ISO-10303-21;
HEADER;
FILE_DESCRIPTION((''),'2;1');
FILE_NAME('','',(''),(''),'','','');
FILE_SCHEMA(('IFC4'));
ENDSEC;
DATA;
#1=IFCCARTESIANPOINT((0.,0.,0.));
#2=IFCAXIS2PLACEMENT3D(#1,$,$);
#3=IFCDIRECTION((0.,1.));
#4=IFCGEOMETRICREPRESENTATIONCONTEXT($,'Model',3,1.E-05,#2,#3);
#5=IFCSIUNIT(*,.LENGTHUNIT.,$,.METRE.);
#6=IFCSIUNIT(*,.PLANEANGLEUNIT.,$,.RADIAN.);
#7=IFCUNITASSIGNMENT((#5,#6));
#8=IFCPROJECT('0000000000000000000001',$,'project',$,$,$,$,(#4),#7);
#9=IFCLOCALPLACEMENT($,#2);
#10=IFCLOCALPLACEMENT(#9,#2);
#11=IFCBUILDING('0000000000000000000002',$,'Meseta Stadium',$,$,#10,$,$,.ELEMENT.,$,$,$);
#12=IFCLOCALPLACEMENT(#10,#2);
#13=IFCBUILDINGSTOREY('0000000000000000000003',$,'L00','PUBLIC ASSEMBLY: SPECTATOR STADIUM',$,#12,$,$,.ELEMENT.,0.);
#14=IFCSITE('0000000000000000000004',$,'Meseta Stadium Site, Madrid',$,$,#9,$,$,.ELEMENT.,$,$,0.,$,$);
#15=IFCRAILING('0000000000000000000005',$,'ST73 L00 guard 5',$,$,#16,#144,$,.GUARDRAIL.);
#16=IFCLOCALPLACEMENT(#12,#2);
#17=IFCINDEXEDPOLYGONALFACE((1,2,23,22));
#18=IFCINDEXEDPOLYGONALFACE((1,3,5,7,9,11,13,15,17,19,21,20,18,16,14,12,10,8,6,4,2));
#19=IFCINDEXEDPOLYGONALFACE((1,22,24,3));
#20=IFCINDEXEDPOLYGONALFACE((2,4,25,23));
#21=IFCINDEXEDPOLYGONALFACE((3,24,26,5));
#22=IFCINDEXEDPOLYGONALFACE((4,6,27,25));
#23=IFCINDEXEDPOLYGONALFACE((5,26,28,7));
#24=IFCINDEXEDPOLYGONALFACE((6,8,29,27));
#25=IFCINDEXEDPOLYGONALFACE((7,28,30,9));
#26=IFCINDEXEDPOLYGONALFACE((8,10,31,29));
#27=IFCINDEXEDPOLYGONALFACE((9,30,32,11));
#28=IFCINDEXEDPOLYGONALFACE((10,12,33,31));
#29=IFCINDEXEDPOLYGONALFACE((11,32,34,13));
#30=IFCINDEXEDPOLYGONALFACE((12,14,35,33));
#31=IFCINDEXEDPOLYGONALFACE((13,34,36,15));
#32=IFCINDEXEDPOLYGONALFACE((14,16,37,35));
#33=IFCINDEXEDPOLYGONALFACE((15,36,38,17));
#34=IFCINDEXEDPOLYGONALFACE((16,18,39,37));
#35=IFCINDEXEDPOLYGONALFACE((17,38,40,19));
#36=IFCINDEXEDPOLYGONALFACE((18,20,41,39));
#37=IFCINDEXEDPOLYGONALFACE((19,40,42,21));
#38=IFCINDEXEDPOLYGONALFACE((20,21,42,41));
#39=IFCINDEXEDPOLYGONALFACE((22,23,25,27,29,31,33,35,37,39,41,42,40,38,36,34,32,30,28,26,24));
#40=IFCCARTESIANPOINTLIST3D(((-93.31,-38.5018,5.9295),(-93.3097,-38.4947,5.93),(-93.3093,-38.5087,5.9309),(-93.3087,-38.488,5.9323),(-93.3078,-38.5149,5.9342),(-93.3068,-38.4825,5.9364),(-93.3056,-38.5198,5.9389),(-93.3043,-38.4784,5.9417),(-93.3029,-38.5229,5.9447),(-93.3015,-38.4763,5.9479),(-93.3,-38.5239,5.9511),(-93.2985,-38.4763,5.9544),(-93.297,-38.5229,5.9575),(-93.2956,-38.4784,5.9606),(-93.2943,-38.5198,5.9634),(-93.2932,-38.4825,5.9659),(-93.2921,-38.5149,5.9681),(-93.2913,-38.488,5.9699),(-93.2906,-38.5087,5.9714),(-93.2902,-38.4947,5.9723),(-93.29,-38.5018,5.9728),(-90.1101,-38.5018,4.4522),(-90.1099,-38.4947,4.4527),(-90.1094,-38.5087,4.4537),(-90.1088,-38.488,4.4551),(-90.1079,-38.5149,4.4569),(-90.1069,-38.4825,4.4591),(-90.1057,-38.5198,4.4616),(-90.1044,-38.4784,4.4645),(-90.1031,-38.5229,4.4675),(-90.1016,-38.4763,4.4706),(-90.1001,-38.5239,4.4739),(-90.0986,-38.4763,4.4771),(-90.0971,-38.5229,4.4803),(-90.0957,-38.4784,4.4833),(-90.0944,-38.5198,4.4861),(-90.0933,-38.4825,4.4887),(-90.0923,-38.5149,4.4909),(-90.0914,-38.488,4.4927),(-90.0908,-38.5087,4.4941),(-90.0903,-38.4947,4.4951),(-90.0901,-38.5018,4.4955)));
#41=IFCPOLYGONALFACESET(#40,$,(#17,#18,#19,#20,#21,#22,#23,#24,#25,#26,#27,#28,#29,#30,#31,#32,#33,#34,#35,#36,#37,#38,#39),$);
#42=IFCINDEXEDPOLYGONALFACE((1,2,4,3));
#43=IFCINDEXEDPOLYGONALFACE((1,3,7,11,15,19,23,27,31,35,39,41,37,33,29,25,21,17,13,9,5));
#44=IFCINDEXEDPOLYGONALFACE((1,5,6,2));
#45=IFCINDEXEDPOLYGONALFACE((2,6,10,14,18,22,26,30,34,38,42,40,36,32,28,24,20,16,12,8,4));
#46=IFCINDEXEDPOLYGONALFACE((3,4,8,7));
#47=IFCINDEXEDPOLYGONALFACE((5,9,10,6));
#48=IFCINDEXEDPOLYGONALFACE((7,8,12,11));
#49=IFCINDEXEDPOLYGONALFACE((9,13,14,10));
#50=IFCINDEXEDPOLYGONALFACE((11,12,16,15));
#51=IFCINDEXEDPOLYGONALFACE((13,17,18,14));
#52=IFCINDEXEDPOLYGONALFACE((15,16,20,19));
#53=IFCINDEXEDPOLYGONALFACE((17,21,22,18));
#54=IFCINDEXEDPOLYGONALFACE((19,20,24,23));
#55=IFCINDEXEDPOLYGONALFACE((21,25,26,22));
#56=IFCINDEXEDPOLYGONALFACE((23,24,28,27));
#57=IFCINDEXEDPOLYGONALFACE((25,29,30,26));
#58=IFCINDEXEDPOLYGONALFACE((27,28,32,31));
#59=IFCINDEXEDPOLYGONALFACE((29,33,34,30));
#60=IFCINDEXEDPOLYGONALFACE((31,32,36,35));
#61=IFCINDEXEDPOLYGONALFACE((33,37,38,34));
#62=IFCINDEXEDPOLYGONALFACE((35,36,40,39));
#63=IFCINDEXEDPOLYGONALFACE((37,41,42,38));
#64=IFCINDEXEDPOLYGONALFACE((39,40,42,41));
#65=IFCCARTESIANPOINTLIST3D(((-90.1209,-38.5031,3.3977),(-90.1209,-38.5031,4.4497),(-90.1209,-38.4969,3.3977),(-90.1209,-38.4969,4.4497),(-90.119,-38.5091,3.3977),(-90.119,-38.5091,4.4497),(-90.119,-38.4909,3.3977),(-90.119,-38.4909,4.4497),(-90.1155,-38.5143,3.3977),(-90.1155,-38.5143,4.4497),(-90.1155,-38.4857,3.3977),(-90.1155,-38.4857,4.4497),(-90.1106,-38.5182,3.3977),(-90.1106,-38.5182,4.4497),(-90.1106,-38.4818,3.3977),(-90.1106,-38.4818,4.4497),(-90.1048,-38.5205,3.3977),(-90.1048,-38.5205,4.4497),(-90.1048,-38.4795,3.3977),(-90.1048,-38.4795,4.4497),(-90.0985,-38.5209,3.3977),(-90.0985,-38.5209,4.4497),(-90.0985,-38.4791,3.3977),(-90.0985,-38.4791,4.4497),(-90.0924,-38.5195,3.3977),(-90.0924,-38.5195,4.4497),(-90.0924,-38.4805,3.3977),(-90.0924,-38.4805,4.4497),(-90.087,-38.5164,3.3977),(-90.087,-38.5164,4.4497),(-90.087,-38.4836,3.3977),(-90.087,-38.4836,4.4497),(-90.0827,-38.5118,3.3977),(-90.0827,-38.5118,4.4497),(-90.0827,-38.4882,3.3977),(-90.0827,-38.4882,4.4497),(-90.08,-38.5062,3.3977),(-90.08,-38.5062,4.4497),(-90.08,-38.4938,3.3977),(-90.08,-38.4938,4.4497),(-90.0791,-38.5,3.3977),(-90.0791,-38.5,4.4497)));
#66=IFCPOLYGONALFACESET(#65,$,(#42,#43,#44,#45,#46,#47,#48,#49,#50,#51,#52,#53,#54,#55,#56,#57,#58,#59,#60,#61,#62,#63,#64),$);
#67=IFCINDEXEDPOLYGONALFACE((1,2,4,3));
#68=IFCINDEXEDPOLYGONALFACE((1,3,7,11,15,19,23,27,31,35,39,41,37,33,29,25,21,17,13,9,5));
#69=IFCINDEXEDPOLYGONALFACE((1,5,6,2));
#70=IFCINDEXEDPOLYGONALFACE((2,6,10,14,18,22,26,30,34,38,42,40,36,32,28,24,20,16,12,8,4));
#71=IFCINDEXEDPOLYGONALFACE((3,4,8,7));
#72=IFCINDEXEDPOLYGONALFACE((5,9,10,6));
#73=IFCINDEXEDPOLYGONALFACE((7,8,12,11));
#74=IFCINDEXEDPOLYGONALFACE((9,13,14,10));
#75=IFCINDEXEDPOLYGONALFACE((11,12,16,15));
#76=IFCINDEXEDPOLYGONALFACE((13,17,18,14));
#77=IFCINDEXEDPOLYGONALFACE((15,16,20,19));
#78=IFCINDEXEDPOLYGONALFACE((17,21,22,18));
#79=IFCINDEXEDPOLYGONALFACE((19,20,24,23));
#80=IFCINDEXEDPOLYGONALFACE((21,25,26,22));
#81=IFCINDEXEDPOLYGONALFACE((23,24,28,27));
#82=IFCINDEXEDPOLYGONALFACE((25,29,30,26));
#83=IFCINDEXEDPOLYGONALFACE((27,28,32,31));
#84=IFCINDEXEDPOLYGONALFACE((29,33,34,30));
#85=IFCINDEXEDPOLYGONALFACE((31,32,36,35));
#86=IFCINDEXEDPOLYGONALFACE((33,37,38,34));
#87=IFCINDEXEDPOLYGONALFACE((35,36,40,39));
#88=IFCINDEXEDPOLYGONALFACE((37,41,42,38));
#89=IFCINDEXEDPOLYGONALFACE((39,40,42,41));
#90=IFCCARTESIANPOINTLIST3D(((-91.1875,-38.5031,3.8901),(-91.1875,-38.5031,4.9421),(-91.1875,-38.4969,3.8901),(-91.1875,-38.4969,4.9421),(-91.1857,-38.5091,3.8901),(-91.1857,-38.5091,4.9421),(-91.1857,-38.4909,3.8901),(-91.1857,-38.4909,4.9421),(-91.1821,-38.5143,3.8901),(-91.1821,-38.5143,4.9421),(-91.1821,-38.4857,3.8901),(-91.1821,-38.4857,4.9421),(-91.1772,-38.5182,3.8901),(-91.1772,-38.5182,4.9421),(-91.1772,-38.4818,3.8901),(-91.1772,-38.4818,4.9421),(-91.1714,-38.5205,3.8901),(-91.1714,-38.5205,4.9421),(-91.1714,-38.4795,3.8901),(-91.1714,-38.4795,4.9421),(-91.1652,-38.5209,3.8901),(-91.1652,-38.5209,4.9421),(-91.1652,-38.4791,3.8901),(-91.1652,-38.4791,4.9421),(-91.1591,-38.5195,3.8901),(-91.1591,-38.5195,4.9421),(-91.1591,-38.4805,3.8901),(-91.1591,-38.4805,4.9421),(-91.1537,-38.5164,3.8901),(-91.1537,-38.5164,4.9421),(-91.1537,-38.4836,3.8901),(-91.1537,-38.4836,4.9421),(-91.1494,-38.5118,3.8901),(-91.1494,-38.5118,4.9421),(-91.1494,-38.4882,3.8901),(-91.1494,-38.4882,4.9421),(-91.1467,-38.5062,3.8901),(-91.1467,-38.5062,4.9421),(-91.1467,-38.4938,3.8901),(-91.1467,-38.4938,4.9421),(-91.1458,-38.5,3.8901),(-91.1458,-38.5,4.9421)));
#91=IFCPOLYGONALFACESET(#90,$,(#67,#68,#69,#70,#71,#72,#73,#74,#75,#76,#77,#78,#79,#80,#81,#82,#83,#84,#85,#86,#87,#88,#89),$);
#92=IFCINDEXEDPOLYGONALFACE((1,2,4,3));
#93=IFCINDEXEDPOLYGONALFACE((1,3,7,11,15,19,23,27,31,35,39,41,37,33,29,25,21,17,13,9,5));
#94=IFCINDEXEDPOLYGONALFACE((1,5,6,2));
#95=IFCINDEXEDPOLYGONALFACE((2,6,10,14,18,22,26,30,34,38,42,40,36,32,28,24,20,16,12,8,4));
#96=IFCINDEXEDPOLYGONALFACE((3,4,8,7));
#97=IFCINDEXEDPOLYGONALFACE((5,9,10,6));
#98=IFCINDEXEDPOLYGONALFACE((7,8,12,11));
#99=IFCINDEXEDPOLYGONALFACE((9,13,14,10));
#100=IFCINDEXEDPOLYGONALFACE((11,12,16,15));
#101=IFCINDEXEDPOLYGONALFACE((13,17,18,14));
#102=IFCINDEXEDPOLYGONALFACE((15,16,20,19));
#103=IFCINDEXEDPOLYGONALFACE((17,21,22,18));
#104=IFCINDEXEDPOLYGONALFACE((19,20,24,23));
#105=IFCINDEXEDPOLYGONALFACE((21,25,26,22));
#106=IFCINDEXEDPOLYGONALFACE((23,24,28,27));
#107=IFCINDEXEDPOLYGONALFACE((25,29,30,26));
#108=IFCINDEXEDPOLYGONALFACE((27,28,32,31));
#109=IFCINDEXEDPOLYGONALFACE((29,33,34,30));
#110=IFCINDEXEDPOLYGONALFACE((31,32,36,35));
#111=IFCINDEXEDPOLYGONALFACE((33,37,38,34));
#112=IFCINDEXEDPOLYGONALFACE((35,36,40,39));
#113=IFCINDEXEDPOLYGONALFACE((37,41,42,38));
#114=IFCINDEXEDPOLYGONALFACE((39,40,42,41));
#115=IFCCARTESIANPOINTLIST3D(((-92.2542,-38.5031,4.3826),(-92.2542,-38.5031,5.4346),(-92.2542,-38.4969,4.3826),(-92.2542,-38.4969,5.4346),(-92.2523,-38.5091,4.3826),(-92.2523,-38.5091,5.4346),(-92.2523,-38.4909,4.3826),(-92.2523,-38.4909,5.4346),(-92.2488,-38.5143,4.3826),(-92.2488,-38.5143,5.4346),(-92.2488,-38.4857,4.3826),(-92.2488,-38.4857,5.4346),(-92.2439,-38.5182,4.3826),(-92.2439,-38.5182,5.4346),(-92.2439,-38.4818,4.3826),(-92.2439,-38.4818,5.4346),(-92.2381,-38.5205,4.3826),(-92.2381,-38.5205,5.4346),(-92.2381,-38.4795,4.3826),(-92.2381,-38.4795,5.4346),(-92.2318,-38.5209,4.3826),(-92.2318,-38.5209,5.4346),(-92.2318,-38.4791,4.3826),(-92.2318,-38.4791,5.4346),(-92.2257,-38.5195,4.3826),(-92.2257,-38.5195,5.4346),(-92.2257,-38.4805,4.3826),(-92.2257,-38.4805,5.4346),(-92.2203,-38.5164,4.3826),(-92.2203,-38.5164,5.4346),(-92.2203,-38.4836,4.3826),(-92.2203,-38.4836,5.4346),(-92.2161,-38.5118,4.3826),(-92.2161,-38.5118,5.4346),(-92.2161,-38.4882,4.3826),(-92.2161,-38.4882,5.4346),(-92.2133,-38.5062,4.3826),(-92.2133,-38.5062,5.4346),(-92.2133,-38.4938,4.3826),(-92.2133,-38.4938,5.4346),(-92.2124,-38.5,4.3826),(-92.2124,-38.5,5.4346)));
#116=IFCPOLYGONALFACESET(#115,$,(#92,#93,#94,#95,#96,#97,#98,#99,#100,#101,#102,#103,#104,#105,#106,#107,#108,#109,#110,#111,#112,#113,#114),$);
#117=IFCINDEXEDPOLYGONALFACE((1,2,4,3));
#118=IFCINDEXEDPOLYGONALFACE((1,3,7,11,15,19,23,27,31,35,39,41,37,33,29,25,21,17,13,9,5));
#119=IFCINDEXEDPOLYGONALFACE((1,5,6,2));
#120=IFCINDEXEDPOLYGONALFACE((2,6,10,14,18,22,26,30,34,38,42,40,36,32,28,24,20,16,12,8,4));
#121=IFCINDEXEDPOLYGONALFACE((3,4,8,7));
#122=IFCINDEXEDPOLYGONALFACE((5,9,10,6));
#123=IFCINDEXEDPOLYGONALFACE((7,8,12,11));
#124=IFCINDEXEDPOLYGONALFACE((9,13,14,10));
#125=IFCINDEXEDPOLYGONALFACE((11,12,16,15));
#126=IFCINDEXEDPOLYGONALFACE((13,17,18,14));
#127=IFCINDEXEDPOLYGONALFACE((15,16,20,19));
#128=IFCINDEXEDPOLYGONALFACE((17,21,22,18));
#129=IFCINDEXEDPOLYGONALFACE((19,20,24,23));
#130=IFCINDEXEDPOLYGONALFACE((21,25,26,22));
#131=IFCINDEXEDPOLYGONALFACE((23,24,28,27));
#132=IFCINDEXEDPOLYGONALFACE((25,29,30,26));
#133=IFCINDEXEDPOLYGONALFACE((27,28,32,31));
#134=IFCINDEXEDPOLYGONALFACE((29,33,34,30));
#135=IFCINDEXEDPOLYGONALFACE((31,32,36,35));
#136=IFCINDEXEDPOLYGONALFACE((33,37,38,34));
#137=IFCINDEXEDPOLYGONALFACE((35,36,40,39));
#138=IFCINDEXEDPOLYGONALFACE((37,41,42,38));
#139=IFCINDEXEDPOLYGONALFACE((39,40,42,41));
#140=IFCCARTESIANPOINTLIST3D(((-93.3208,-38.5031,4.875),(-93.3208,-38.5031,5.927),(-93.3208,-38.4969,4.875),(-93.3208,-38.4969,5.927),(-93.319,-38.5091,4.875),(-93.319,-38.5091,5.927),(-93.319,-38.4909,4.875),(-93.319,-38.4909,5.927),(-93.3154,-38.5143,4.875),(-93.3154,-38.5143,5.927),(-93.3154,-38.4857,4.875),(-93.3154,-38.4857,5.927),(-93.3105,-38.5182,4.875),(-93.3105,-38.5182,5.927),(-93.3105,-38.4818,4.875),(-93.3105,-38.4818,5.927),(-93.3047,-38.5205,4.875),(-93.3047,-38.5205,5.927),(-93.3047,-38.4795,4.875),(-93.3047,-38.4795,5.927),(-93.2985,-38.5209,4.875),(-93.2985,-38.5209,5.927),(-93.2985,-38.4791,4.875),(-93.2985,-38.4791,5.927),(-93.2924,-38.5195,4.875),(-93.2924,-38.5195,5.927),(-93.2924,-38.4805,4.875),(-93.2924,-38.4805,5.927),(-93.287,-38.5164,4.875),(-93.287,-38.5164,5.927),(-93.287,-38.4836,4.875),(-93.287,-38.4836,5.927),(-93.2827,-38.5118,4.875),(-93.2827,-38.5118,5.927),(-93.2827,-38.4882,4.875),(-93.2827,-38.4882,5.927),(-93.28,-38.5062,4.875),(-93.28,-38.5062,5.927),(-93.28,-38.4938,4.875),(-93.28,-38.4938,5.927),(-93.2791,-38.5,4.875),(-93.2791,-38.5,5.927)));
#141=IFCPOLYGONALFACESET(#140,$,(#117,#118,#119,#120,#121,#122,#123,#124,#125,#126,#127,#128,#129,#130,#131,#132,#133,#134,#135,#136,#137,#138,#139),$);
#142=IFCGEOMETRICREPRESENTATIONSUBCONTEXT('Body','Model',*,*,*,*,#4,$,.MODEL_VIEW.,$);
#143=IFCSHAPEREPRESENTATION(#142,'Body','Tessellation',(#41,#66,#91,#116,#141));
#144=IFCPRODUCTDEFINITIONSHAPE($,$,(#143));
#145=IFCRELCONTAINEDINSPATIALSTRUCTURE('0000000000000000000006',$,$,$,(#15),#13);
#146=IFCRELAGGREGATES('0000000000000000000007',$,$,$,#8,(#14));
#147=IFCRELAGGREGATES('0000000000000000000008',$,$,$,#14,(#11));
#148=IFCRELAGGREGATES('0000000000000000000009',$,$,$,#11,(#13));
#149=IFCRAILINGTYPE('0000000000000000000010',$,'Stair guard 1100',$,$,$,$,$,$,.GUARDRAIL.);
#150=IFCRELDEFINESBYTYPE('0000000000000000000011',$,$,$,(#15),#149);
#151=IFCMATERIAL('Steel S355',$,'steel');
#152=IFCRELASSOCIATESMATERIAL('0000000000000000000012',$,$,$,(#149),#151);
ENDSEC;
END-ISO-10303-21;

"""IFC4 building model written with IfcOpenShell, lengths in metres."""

from ifc_helpers import new_model, si_unit, direction, frame, origin, origin_2d, place, context, subcontext, project, spatial, circle, extrude, material, type_object, element, save


model = new_model("IFC4")

# Units and contexts
model_context = context("Model", 3, precision=1e-05, world=origin(), true_north=direction((0.0, 1.0)))
body_context = subcontext(model_context, "Body", "Model", "MODEL_VIEW")
ifc_project = project(units=[si_unit("LENGTHUNIT", "METRE"), si_unit("PLANEANGLEUNIT", "RADIAN")], contexts=[model_context])

# Site, building, storey
site_placement = place(None, origin())
site = spatial("IfcSite", under=ifc_project, at=site_placement, Name="Meseta Stadium Site, Madrid", CompositionType="ELEMENT", RefElevation=0.0)
building_placement = place(site_placement, origin())
building = spatial("IfcBuilding", under=site, at=building_placement, Name="Meseta Stadium", CompositionType="ELEMENT")
storey_placement = place(building_placement, origin())
storey = spatial("IfcBuildingStorey", under=building, at=storey_placement, Name="L00", Description="PUBLIC ASSEMBLY: SPECTATOR STADIUM", CompositionType="ELEMENT", Elevation=0.0)

# Railing
ifc_material_1 = material(Name="Steel S355", Category="steel")
railing_type_1 = type_object("IfcRailingType", Name="Stair guard 1100", PredefinedType="GUARDRAIL", material=ifc_material_1)
railing_1_placement = place(storey_placement, frame((-90.1001, -38.5, 3.3977)))
element("IfcRailing", 1, at=railing_1_placement, inside=storey, type_object=railing_type_1, Name="ST73 L00 guard 5", PredefinedType="GUARDRAIL", context=body_context, shape_type="SweptSolid", body=[
    extrude(circle(Radius=0.0239, at=origin_2d()), frame((0.0, 0.0, 1.0762), z_axis=(-0.907917, 0.0, 0.41915), x_axis=(0.0, -1.0, 0.0)), (0.0, 0.0, 1.0), 3.5244),
    extrude(circle(Radius=0.021, at=origin_2d()), origin(), (0.0, 0.0, 1.0), 1.052),
    extrude(circle(Radius=0.021, at=origin_2d()), frame((-1.0667, 0.0, 0.4924)), (0.0, 0.0, 1.0), 1.052),
    extrude(circle(Radius=0.021, at=origin_2d()), frame((-2.1333, 0.0, 0.9849)), (0.0, 0.0, 1.0), 1.052),
    extrude(circle(Radius=0.021, at=origin_2d()), frame((-3.2, 0.0, 1.4773)), (0.0, 0.0, 1.0), 1.052),
])

save(model, "model.ifc")
